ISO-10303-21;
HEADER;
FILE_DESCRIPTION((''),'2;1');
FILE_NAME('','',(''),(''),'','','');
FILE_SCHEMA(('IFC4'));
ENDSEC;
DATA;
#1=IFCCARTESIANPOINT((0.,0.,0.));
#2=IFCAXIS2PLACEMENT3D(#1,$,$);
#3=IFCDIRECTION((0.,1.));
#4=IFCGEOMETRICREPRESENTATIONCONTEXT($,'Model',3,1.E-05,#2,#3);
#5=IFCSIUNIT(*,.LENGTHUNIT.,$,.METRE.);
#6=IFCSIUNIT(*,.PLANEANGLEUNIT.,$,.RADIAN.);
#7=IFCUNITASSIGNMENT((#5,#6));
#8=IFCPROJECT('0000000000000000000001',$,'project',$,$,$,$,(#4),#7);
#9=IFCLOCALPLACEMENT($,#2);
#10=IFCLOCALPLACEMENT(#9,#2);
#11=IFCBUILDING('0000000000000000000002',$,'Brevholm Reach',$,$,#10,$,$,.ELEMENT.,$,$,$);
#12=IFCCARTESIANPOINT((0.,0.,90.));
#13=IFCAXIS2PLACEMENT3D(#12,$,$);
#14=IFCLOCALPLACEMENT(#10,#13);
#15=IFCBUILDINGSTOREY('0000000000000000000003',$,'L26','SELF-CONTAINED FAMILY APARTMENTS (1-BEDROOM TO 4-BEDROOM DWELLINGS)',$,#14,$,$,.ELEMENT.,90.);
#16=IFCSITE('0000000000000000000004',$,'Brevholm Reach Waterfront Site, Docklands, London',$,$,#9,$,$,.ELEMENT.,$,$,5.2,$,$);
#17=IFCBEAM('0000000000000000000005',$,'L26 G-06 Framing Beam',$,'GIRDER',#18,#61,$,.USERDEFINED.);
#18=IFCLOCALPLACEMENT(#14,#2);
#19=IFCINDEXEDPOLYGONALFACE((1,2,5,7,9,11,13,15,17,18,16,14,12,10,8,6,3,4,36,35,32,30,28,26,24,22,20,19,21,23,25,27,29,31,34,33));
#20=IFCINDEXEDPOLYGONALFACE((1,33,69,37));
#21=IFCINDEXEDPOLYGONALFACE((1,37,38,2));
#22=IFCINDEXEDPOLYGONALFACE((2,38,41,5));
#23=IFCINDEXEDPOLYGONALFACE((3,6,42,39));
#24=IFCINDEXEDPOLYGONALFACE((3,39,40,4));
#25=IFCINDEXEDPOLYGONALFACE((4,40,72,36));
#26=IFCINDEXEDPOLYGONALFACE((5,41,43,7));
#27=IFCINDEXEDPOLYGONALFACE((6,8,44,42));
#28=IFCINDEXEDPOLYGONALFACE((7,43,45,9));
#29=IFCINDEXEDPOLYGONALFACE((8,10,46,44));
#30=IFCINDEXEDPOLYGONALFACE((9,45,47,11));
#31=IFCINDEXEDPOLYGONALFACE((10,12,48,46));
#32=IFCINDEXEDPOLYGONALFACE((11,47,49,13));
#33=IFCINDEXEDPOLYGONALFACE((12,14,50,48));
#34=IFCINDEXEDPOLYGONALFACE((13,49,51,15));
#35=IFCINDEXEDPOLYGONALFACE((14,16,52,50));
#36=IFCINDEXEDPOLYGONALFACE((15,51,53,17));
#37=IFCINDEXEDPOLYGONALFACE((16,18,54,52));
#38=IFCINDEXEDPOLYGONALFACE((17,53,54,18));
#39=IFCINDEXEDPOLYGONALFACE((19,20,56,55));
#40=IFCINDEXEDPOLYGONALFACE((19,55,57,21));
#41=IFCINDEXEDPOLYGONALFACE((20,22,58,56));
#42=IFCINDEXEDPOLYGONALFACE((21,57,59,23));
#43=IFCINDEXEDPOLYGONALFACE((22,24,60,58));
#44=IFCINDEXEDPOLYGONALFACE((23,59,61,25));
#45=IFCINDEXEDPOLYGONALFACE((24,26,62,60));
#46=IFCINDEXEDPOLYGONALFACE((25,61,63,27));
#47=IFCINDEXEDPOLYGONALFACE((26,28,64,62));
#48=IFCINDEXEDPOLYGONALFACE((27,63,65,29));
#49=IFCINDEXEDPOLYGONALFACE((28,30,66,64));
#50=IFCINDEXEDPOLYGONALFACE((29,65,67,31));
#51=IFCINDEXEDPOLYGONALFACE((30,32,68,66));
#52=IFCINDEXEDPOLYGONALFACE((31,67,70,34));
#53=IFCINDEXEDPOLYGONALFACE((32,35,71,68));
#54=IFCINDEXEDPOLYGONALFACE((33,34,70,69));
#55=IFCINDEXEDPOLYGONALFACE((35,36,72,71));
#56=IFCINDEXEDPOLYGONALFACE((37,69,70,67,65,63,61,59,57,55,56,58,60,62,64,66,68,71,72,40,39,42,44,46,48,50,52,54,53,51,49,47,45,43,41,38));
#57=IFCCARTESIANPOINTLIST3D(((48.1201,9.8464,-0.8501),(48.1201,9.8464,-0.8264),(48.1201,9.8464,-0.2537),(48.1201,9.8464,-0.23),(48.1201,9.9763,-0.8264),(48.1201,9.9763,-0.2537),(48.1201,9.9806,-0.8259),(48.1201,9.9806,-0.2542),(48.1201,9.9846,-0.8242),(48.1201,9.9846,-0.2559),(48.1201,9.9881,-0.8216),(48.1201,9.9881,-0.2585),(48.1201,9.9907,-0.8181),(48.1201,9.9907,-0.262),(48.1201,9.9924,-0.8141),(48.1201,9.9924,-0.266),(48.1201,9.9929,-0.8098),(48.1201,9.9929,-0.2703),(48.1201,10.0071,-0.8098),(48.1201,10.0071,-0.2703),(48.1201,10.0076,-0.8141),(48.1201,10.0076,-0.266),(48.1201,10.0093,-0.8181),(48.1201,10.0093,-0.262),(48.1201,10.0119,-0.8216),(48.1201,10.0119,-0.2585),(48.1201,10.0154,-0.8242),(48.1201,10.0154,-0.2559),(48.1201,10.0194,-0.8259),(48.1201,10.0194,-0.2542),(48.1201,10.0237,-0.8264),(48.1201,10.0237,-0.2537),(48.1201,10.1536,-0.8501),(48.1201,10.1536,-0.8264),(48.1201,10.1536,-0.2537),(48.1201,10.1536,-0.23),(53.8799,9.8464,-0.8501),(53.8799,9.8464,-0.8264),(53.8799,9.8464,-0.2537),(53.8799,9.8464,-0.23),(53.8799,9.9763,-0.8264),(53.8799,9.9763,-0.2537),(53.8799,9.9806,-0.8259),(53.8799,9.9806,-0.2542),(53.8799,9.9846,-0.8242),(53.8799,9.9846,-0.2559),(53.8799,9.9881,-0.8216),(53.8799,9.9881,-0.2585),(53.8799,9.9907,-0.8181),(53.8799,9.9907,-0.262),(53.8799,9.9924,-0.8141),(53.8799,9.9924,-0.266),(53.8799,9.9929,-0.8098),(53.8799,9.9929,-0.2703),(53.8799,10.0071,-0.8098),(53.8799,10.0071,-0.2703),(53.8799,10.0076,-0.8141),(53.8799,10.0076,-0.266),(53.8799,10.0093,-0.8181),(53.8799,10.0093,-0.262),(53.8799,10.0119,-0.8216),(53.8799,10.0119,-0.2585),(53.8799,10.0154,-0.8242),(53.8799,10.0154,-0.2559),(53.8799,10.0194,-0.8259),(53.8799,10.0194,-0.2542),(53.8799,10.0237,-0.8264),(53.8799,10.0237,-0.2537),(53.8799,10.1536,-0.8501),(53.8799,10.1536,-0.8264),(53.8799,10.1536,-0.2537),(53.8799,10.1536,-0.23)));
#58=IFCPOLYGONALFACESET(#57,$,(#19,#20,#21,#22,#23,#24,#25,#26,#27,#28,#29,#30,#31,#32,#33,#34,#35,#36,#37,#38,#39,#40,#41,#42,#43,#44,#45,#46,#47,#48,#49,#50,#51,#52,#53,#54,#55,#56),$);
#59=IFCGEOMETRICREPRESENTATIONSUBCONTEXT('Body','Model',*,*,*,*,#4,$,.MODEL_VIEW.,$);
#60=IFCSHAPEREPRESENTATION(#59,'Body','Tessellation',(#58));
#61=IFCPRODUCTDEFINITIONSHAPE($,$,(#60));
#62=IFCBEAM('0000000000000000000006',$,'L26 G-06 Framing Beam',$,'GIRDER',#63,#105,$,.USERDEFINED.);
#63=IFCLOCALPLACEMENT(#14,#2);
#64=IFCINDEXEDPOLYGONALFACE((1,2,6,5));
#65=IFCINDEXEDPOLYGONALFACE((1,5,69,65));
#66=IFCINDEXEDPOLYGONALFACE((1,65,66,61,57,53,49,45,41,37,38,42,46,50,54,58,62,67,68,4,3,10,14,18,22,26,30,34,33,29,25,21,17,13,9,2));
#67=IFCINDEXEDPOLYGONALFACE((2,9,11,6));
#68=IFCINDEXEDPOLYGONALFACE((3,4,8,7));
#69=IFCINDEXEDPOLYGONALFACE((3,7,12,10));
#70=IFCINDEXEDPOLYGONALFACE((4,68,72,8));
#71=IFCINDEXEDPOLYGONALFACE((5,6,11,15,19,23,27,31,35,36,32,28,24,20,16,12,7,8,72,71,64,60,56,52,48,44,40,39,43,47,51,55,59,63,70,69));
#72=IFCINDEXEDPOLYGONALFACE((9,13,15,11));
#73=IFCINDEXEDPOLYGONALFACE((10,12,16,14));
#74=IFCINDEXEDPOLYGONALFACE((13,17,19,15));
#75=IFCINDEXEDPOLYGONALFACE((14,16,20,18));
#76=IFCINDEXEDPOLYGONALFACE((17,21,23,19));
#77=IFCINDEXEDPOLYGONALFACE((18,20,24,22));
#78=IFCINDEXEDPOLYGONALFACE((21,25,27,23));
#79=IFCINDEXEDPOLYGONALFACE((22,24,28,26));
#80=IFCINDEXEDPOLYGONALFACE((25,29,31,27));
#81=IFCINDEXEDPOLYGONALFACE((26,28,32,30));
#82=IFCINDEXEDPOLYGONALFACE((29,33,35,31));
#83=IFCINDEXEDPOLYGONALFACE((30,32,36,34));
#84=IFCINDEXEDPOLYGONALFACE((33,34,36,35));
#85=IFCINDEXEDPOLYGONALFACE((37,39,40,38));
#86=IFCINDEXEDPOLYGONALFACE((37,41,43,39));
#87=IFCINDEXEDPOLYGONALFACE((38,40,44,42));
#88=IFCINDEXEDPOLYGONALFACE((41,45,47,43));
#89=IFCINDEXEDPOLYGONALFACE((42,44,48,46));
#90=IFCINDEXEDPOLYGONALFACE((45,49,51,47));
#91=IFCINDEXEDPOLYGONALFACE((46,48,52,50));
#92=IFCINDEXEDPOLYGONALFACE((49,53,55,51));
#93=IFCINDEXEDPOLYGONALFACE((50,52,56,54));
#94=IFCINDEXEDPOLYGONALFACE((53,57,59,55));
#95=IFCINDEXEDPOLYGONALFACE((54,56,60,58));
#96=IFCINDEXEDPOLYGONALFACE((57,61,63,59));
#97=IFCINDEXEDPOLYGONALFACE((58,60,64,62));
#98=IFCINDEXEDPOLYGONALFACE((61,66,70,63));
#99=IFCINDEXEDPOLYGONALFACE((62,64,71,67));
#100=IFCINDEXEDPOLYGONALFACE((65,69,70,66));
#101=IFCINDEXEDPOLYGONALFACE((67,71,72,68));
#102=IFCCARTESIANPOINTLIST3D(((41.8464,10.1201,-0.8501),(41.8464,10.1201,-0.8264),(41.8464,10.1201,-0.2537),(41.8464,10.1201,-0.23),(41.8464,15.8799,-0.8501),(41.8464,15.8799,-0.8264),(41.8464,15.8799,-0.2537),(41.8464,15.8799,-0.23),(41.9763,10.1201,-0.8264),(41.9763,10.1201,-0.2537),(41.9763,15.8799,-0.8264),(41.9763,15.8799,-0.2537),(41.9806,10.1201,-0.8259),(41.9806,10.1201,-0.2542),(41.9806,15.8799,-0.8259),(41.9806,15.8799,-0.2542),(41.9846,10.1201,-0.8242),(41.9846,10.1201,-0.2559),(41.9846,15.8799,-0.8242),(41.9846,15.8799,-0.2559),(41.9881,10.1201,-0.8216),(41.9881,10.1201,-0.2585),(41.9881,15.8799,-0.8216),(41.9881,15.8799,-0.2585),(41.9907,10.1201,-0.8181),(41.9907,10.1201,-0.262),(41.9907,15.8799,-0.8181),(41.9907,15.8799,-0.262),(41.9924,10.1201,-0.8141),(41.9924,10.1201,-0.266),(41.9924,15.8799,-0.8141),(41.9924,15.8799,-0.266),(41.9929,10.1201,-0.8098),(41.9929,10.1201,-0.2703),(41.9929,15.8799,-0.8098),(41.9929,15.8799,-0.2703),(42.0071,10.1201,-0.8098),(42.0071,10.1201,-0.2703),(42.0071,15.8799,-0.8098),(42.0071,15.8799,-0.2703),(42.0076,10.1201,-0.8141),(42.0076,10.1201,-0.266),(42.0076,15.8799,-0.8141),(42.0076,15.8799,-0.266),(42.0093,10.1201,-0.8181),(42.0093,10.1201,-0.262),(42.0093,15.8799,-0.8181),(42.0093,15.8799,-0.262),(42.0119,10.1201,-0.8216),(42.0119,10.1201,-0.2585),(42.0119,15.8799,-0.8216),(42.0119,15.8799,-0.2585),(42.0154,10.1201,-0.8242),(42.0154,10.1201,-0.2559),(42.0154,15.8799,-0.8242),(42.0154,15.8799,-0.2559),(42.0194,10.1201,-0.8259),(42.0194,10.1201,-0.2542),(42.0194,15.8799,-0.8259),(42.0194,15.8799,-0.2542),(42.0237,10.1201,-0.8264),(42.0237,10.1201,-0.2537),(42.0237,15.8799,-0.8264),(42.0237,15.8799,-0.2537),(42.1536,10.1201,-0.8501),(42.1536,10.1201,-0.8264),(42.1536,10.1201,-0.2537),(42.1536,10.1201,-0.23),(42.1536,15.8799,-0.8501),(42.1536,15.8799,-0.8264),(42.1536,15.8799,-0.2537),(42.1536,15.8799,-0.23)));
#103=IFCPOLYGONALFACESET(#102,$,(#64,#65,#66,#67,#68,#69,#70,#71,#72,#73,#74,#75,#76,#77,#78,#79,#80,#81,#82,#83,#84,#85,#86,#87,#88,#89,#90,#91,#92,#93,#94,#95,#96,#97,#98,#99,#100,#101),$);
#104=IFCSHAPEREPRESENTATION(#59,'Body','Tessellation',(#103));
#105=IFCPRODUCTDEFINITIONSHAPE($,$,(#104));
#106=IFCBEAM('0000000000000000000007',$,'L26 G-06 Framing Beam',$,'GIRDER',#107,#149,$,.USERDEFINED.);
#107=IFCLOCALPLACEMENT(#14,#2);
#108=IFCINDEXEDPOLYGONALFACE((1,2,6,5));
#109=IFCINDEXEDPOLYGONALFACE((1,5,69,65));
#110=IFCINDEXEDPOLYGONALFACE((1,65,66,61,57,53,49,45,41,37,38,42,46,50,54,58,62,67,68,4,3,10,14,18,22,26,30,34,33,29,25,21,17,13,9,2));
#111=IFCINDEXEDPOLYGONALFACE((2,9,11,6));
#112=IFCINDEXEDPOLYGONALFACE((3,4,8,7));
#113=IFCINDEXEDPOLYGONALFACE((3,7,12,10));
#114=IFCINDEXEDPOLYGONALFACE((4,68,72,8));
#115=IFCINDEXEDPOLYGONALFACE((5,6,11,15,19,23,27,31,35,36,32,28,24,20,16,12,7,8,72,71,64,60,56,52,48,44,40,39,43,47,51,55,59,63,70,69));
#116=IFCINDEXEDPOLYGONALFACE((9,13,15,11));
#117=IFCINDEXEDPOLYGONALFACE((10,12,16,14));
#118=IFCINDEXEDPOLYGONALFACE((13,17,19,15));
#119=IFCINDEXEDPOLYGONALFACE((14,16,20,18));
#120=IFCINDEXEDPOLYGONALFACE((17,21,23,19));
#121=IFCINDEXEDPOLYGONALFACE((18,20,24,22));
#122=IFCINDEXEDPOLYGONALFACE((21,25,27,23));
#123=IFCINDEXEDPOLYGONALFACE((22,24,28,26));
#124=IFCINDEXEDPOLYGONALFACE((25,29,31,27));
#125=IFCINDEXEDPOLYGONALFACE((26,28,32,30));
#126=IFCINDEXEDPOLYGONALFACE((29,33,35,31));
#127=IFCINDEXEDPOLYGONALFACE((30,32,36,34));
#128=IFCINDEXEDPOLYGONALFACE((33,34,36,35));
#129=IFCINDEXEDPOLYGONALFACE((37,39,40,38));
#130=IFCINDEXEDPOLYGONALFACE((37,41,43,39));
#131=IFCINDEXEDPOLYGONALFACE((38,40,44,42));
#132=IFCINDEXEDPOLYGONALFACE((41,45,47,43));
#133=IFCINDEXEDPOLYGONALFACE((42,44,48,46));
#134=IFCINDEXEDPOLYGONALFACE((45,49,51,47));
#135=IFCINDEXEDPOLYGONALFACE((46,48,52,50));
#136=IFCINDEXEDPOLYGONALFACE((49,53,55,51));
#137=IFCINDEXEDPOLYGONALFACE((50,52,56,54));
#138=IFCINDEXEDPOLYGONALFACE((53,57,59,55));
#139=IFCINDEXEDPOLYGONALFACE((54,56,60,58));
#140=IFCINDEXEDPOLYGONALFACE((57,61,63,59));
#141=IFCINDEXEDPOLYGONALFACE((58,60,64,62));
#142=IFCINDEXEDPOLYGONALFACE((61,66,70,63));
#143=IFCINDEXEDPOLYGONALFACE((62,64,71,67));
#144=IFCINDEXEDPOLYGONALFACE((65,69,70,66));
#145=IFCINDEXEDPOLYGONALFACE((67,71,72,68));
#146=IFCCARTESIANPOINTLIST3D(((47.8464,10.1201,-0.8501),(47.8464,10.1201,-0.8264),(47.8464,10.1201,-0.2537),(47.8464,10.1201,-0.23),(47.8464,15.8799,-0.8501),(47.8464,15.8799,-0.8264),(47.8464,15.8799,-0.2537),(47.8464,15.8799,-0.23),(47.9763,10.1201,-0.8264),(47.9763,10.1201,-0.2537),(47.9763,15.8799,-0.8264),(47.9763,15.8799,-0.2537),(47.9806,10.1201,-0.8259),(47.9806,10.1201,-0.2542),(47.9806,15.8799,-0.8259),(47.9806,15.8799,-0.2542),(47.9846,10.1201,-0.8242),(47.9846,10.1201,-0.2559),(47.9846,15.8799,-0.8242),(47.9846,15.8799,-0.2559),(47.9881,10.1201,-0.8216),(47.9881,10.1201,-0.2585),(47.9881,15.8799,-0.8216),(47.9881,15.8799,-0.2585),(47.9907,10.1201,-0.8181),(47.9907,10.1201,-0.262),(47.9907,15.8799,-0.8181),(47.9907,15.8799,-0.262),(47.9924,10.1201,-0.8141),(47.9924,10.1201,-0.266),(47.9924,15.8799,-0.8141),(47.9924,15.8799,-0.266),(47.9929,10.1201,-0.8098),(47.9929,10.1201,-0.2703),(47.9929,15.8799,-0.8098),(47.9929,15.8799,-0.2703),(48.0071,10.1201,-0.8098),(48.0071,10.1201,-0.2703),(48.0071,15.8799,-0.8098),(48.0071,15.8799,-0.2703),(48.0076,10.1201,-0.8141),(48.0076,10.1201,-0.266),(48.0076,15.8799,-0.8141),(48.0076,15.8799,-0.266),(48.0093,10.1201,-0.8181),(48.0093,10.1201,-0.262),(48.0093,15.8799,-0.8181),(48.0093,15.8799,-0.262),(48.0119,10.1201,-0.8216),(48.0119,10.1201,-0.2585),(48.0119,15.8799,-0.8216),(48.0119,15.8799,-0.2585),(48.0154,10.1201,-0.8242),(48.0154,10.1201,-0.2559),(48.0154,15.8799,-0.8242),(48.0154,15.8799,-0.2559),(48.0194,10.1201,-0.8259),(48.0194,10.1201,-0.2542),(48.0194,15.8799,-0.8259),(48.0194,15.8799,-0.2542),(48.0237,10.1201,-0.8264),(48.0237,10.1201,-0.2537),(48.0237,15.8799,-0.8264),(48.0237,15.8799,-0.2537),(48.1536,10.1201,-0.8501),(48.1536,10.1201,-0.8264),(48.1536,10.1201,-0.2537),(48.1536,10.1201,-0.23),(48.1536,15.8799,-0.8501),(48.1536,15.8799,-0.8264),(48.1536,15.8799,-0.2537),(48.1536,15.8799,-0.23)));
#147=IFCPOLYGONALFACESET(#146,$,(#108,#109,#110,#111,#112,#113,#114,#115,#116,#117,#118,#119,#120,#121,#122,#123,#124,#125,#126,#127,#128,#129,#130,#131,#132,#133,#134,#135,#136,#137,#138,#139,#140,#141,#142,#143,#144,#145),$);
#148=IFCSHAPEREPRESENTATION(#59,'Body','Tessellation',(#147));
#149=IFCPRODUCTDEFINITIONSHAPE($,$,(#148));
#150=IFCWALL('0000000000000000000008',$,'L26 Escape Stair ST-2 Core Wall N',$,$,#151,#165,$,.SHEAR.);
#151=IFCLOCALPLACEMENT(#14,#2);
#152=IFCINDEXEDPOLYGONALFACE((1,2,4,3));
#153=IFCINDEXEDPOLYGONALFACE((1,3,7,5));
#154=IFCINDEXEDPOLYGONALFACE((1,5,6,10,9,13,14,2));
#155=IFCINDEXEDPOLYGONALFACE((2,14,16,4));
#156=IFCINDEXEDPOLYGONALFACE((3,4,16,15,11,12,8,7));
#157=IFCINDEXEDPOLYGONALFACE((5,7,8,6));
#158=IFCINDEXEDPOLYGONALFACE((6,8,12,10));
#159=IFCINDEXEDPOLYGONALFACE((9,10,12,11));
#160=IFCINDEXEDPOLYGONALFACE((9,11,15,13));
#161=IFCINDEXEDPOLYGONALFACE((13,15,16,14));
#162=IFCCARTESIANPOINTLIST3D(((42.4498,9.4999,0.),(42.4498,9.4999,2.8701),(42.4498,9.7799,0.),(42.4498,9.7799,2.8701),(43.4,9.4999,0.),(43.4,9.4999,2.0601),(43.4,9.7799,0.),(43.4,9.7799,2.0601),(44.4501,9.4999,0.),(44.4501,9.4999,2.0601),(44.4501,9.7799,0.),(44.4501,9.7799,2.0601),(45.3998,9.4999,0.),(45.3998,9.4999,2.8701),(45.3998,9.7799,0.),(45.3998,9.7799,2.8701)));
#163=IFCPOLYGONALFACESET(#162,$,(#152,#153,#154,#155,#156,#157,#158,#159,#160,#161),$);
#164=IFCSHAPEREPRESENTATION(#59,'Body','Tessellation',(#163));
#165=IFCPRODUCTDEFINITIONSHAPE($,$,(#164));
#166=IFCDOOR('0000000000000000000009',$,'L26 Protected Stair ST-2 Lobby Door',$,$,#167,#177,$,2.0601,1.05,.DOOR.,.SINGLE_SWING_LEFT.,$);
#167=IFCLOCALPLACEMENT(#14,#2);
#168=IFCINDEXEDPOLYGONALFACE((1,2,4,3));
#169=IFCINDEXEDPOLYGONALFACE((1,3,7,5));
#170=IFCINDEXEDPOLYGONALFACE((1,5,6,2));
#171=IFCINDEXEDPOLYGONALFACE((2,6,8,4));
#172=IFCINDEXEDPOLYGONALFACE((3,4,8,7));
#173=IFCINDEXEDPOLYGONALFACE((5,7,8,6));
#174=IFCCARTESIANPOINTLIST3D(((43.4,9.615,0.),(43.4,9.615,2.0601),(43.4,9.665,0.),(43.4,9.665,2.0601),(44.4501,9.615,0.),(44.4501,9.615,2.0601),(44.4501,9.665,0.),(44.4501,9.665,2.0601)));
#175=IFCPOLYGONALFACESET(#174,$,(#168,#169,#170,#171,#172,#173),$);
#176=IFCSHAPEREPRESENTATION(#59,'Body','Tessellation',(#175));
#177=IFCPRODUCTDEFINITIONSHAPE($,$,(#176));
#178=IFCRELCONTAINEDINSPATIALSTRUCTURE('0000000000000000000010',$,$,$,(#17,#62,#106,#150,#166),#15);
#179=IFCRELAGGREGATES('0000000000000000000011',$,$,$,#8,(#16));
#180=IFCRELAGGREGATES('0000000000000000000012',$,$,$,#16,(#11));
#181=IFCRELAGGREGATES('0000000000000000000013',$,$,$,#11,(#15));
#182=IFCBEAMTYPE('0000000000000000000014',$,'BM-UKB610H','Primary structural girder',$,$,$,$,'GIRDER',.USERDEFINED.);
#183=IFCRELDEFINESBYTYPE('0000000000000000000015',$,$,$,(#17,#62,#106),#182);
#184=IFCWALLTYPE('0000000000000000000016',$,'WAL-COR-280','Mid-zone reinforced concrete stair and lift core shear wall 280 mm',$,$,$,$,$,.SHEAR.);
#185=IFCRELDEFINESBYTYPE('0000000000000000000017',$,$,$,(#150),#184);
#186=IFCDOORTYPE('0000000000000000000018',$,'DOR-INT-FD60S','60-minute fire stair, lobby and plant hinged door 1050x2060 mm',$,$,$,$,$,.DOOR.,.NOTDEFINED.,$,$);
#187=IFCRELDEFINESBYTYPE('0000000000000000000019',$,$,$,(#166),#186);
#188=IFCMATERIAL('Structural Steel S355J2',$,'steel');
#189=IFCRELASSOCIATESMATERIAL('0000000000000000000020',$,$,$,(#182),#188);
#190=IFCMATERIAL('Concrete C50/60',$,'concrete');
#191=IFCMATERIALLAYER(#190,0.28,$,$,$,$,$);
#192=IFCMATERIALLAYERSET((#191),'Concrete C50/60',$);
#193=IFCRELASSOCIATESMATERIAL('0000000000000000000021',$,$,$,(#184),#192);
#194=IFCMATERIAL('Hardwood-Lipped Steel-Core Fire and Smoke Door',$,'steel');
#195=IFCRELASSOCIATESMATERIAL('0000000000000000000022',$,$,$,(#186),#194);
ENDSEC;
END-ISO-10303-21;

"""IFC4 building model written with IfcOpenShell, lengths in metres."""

from ifc_helpers import new_model, si_unit, direction, frame, frame_2d, origin, origin_2d, place, context, subcontext, project, spatial, rectangle, i_section, extrude, material, layer, layer_set, material_profile, profile_set, type_object, element, fill, save


model = new_model("IFC4")

# Units and contexts
model_context = context("Model", 3, precision=1e-05, world=origin(), true_north=direction((0.0, 1.0)))
body_context = subcontext(model_context, "Body", "Model", "MODEL_VIEW")
ifc_project = project(units=[si_unit("LENGTHUNIT", "METRE"), si_unit("PLANEANGLEUNIT", "RADIAN")], contexts=[model_context])

# Site, building, storey
site_placement = place(None, origin())
site = spatial("IfcSite", under=ifc_project, at=site_placement, Name="Brevholm Reach Waterfront Site, Docklands, London", CompositionType="ELEMENT", RefElevation=5.2)
building_placement = place(site_placement, origin())
building = spatial("IfcBuilding", under=site, at=building_placement, Name="Brevholm Reach", CompositionType="ELEMENT")
storey_placement = place(building_placement, frame((0.0, 0.0, 90.0)))
storey = spatial("IfcBuildingStorey", under=building, at=storey_placement, Name="L26", Description="SELF-CONTAINED FAMILY APARTMENTS (1-BEDROOM TO 4-BEDROOM DWELLINGS)", CompositionType="ELEMENT", Elevation=90.0)

# Beams
ifc_material_1 = material(Name="Structural Steel S355J2", Category="steel")
ifc_material_profile_1 = material_profile(ifc_material_1, i_section(OverallWidth=0.3071, OverallDepth=0.6201, WebThickness=0.0142, FlangeThickness=0.0237, FilletRadius=0.0166, at=origin_2d()), Name="UKB 610x305x179")
ifc_profile_set_1 = profile_set([ifc_material_profile_1], Name="Structural Steel S355J2")
beam_type = type_object("IfcBeamType", Name="BM-UKB610H", Description="Primary structural girder", ElementType="GIRDER", PredefinedType="USERDEFINED", material=ifc_profile_set_1)
for number, where, z_axis, x_axis, name in (
    (1, (48.1201, 10.0, -0.54), (1.0, 0.0, 0.0), (0.0, 1.0, 0.0), "L26 G-06 Framing Beam"),
    (2, (42.0, 10.1201, -0.54), (0.0, 1.0, 0.0), (-1.0, 0.0, 0.0), "L26 G-06 Framing Beam"),
    (3, (48.0, 10.1201, -0.54), (0.0, 1.0, 0.0), (-1.0, 0.0, 0.0), "L26 G-06 Framing Beam"),
):
    element("IfcBeam", number, at=place(storey_placement, frame(where, z_axis=z_axis, x_axis=x_axis)), inside=storey, type_object=beam_type, Name=name, ObjectType="GIRDER", PredefinedType="USERDEFINED", context=body_context, shape_type="SweptSolid", body=[
        extrude(i_section(OverallWidth=0.3071, OverallDepth=0.6201, WebThickness=0.0142, FlangeThickness=0.0237, FilletRadius=0.0166, at=origin_2d()), origin(), (0.0, 0.0, 1.0), 5.7598),
    ])

# Wall, opening, door
ifc_material_2 = material(Name="Concrete C50/60", Category="concrete")
ifc_layer_1 = layer(ifc_material_2, 0.28)
ifc_layer_set_1 = layer_set([ifc_layer_1], Name="Concrete C50/60")
wall_type_1 = type_object("IfcWallType", Name="WAL-COR-280", Description="Mid-zone reinforced concrete stair and lift core shear wall 280 mm", PredefinedType="SHEAR", material=ifc_layer_set_1)
wall_1_placement = place(storey_placement, frame((45.3999, 9.6399, 0.0), z_axis=(0.0, 0.0, 1.0), x_axis=(-1.0, 0.0, 0.0)))
wall_1 = element("IfcWall", 4, at=wall_1_placement, inside=storey, type_object=wall_type_1, Name="L26 Escape Stair ST-2 Core Wall N", PredefinedType="SHEAR", context=body_context, shape_type="SweptSolid", body=[
    extrude(rectangle(XDim=2.95, YDim=0.28, at=frame_2d((1.4751, 0.0))), origin(), (0.0, 0.0, 1.0), 2.8701),
])
opening_1_placement = place(wall_1_placement, frame((0.95, 0.0, 0.0)))
opening_1 = element("IfcOpeningElement", 5, at=opening_1_placement, cuts=wall_1, PredefinedType="OPENING", context=body_context, shape_type="SweptSolid", body=[
    extrude(rectangle(XDim=1.05, YDim=2.0601, at=frame_2d((0.5249, 1.03))), frame((0.0, 0.1499, 0.0), z_axis=(0.0, -1.0, 0.0), x_axis=(1.0, 0.0, 0.0)), (0.0, 0.0, 1.0), 0.3),
])
ifc_material_3 = material(Name="Hardwood-Lipped Steel-Core Fire and Smoke Door", Category="steel")
door_type_1 = type_object("IfcDoorType", Name="DOR-INT-FD60S", Description="60-minute fire stair, lobby and plant hinged door 1050x2060 mm", OperationType="NOTDEFINED", PredefinedType="DOOR", material=ifc_material_3)
door_1_placement = place(opening_1_placement, origin())
door_1 = element("IfcDoor", 6, at=door_1_placement, inside=storey, type_object=door_type_1, Name="L26 Protected Stair ST-2 Lobby Door", OperationType="SINGLE_SWING_LEFT", OverallHeight=2.0601, OverallWidth=1.05, PredefinedType="DOOR", context=body_context, shape_type="SweptSolid", body=[
    extrude(rectangle(XDim=1.05, YDim=2.0601, at=frame_2d((0.5249, 1.03))), frame((0.0, 0.0249, 0.0), z_axis=(0.0, -1.0, 0.0), x_axis=(1.0, 0.0, 0.0)), (0.0, 0.0, 1.0), 0.05),
])
fill(opening_1, door_1)

save(model, "model.ifc")
